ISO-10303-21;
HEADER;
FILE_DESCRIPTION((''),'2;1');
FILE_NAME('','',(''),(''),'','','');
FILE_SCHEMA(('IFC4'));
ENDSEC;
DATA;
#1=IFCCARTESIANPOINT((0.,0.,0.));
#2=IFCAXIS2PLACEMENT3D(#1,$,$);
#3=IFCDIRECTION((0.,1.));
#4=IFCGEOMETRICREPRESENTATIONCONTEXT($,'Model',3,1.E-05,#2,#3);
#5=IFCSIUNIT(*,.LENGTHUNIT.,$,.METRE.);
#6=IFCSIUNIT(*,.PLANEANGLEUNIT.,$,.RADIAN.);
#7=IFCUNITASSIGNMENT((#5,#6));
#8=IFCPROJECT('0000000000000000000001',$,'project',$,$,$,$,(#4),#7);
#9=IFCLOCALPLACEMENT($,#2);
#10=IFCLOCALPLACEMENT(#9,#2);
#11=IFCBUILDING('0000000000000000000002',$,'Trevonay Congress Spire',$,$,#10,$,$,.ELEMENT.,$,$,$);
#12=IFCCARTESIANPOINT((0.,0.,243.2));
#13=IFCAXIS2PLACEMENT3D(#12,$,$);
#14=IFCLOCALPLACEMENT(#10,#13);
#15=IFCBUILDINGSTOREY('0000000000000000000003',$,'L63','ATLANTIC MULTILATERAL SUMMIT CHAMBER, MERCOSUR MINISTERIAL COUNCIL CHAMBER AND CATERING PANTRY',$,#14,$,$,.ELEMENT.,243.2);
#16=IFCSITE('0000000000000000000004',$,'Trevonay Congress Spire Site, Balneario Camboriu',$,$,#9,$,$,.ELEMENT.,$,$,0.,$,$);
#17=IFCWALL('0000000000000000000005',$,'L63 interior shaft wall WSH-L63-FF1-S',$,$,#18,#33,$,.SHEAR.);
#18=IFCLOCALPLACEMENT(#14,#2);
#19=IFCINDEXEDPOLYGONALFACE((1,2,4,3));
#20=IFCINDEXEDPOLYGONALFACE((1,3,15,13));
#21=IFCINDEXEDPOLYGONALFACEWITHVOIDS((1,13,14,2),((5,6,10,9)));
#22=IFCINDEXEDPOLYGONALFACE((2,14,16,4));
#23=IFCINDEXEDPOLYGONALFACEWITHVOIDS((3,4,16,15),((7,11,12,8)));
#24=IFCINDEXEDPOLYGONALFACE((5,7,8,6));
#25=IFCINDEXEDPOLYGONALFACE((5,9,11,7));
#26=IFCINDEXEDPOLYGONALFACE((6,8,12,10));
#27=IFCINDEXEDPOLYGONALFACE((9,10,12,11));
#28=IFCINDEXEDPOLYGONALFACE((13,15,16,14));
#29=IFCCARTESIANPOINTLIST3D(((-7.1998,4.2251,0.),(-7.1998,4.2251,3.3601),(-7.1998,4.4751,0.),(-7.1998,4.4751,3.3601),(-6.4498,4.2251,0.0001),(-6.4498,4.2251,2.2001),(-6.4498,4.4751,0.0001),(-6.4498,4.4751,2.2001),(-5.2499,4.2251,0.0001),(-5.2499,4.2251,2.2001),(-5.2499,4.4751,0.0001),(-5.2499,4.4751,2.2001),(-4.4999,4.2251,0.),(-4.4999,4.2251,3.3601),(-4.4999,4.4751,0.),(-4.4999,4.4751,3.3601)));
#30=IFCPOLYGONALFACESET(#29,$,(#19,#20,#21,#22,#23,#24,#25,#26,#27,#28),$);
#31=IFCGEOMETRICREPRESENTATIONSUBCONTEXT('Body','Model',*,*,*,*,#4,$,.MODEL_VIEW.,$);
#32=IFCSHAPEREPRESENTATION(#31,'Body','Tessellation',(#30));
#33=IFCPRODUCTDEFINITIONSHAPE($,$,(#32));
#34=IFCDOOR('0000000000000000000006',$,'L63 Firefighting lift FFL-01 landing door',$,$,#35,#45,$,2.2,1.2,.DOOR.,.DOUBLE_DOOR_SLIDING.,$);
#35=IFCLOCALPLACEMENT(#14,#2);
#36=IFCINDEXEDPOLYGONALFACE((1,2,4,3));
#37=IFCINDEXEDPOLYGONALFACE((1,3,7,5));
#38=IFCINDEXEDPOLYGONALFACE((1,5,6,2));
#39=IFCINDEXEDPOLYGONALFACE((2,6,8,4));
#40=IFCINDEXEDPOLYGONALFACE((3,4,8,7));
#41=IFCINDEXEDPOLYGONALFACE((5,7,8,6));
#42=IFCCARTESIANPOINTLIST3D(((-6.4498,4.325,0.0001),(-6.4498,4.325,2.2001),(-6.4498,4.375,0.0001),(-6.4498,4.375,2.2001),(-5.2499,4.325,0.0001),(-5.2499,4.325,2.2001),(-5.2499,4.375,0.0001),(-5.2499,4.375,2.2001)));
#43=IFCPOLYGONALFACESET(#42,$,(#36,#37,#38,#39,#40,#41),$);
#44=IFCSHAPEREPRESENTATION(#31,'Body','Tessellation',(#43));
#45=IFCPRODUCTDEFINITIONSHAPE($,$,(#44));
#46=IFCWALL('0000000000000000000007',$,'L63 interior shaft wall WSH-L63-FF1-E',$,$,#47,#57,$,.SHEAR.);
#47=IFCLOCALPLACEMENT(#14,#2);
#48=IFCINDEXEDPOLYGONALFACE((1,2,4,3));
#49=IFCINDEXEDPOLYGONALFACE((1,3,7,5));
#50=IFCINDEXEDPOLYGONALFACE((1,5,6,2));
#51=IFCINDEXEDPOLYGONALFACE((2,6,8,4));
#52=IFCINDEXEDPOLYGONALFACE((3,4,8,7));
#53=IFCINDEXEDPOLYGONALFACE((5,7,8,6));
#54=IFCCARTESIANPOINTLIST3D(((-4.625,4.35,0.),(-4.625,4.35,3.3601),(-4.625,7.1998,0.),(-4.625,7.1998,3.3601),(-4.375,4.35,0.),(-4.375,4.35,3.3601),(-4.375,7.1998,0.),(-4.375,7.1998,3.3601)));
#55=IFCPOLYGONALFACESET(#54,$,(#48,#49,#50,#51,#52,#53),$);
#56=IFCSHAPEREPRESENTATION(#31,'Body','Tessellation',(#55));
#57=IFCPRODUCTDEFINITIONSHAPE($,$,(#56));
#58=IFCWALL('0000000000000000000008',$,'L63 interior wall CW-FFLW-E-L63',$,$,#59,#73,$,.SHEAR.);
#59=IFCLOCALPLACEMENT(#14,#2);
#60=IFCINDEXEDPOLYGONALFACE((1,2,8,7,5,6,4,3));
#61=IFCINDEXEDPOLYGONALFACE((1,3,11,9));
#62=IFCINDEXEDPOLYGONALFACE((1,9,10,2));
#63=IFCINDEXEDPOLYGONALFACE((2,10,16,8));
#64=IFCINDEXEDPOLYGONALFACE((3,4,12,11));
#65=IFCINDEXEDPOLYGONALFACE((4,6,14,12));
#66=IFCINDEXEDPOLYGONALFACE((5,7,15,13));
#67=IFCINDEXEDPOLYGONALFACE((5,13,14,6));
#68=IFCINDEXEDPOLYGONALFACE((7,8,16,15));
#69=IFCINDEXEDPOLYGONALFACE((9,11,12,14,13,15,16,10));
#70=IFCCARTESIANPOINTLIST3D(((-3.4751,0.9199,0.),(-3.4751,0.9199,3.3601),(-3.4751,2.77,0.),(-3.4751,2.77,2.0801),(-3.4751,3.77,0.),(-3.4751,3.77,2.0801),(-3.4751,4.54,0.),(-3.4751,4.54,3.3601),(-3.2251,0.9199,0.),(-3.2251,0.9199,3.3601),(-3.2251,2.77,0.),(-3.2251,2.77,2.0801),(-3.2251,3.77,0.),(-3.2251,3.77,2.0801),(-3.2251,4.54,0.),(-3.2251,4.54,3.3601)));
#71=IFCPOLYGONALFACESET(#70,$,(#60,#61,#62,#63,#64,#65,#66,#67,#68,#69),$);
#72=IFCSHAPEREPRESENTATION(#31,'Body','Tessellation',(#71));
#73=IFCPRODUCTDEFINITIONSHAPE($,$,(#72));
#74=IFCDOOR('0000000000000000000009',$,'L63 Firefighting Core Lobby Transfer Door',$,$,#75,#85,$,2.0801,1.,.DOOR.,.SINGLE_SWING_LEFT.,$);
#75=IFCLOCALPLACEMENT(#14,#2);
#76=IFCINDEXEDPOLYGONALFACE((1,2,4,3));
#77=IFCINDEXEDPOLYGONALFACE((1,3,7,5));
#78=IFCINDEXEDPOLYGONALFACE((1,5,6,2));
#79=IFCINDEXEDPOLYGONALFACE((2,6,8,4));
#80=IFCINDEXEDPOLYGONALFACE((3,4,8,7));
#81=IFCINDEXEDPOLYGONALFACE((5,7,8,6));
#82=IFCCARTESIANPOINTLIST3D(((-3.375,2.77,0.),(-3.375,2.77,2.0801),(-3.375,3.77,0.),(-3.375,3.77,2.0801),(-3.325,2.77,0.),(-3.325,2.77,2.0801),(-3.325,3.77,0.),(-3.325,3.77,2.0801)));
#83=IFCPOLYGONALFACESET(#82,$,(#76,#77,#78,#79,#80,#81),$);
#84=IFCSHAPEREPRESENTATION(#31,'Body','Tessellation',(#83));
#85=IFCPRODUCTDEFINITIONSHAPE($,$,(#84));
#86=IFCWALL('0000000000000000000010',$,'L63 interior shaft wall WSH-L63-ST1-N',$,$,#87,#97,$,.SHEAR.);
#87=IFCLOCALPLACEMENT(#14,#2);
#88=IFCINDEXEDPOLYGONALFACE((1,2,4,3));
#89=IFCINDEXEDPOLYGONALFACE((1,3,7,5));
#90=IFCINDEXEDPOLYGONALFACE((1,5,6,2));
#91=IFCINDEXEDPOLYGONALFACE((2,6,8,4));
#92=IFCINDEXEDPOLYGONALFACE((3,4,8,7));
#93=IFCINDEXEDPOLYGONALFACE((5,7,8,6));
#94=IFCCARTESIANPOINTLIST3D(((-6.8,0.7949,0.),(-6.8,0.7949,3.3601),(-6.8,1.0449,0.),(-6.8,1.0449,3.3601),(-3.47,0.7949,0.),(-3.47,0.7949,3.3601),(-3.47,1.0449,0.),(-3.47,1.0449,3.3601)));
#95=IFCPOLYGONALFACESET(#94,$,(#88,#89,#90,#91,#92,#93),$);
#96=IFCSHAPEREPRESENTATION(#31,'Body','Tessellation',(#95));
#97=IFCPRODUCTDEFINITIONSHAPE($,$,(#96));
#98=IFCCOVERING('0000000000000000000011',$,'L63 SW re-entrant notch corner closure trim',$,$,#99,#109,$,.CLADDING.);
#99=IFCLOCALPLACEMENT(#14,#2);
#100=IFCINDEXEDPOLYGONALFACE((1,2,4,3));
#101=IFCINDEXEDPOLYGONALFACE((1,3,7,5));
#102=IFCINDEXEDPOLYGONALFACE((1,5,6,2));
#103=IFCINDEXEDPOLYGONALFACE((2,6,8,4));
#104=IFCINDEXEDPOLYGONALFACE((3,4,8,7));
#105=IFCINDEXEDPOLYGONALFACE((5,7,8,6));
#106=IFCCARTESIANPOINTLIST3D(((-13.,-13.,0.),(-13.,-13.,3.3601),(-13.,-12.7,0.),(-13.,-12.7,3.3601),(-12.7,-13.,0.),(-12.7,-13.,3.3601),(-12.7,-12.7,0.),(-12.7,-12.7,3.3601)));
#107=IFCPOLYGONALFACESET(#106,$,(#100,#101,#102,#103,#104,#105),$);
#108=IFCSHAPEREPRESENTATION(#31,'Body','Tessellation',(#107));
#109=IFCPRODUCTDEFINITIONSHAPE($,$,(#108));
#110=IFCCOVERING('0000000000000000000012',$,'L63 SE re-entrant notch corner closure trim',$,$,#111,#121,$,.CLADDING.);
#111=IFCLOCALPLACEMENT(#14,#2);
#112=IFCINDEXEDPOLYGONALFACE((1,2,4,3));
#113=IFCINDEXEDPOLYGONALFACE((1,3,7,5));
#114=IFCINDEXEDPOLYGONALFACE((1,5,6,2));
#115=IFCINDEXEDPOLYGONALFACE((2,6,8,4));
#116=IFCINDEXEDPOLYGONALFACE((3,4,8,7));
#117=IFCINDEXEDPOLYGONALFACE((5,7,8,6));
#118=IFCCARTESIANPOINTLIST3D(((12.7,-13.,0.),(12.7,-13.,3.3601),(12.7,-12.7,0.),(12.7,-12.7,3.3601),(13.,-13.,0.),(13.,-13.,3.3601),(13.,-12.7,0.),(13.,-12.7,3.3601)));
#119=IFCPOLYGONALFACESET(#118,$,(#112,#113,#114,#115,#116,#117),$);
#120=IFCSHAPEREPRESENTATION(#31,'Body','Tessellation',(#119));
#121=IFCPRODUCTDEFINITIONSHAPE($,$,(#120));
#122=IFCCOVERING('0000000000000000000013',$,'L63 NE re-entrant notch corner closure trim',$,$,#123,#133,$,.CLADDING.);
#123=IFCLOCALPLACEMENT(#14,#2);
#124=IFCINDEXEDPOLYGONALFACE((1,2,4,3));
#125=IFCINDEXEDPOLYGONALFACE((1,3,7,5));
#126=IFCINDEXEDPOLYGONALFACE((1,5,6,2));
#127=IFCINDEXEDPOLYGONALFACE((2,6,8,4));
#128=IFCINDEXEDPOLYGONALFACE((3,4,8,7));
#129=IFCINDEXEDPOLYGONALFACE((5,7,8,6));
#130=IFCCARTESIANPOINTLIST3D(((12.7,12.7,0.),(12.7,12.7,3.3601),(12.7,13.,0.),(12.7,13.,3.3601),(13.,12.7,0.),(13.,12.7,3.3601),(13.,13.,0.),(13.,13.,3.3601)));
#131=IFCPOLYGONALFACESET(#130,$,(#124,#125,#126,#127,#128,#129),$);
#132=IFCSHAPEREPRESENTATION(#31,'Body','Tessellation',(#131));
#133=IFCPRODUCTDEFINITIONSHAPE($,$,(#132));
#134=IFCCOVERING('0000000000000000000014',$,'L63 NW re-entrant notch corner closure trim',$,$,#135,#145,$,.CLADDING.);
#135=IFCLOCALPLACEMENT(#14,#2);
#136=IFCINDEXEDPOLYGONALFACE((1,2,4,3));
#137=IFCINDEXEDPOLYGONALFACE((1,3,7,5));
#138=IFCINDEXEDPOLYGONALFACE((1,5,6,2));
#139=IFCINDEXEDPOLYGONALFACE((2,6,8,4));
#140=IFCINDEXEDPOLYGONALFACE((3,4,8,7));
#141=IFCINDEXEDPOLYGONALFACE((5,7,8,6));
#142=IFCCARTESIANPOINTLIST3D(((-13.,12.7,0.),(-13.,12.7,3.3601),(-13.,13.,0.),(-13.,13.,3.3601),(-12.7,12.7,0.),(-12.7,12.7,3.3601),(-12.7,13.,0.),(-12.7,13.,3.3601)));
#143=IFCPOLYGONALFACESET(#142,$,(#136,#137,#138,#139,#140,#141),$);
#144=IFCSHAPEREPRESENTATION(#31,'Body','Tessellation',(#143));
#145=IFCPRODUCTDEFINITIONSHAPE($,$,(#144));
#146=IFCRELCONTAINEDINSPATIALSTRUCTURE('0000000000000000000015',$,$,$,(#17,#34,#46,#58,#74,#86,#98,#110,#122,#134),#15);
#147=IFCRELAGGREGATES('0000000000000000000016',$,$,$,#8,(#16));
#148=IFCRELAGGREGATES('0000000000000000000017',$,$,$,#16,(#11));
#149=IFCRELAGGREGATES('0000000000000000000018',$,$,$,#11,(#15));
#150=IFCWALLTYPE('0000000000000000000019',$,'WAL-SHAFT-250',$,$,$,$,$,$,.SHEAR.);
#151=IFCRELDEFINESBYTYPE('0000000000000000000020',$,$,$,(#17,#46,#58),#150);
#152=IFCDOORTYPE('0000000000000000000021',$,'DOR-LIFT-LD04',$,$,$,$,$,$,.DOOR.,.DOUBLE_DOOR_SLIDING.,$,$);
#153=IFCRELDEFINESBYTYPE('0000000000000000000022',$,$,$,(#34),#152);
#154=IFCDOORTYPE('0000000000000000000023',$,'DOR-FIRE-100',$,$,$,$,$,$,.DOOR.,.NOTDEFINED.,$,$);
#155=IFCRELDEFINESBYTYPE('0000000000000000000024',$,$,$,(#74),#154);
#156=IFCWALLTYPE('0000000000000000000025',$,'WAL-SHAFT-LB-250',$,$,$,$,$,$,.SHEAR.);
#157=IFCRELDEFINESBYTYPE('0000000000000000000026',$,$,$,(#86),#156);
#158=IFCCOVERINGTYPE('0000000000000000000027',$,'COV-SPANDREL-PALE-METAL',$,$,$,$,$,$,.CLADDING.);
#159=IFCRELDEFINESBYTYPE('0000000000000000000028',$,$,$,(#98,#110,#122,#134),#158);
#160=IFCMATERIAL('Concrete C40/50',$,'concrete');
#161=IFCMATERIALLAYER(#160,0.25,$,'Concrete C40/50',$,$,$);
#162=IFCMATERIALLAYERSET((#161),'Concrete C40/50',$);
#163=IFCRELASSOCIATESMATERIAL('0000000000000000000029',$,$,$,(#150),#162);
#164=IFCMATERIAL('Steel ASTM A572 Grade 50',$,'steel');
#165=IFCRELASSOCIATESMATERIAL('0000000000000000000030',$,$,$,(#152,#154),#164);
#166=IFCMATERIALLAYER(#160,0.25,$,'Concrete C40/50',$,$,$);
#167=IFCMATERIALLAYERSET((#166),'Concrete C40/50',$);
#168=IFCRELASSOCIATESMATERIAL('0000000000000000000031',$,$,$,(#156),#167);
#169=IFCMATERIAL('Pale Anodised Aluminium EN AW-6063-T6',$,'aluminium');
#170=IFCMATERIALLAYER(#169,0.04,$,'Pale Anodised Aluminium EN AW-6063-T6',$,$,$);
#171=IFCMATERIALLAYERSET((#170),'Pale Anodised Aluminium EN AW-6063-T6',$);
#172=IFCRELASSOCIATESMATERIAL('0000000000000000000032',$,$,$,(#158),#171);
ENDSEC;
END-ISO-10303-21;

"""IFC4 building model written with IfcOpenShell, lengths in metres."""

from ifc_helpers import new_model, si_unit, direction, frame, frame_2d, origin, place, context, subcontext, project, spatial, polyline, rectangle, outline, extrude, material, layer, layer_set, type_object, element, fill, save


model = new_model("IFC4")

# Units and contexts
model_context = context("Model", 3, precision=1e-05, world=origin(), true_north=direction((0.0, 1.0)))
body_context = subcontext(model_context, "Body", "Model", "MODEL_VIEW")
ifc_project = project(units=[si_unit("LENGTHUNIT", "METRE"), si_unit("PLANEANGLEUNIT", "RADIAN")], contexts=[model_context])

# Site, building, storey
site_placement = place(None, origin())
site = spatial("IfcSite", under=ifc_project, at=site_placement, Name="Trevonay Congress Spire Site, Balneario Camboriu", CompositionType="ELEMENT", RefElevation=0.0)
building_placement = place(site_placement, origin())
building = spatial("IfcBuilding", under=site, at=building_placement, Name="Trevonay Congress Spire", CompositionType="ELEMENT")
storey_placement = place(building_placement, frame((0.0, 0.0, 243.2)))
storey = spatial("IfcBuildingStorey", under=building, at=storey_placement, Name="L63", Description="ATLANTIC MULTILATERAL SUMMIT CHAMBER, MERCOSUR MINISTERIAL COUNCIL CHAMBER AND CATERING PANTRY", CompositionType="ELEMENT", Elevation=243.2)

# Shared definitions
ifc_material_1 = material(Name="Concrete C40/50", Category="concrete")

# Wall, opening, door
ifc_layer_1 = layer(ifc_material_1, 0.25, Name="Concrete C40/50")
ifc_layer_set_1 = layer_set([ifc_layer_1], Name="Concrete C40/50")
wall_type_1 = type_object("IfcWallType", Name="WAL-SHAFT-250", PredefinedType="SHEAR", material=ifc_layer_set_1)
wall_1_placement = place(storey_placement, frame((-7.2, 4.3501, 0.0), z_axis=(0.0, 0.0, 1.0), x_axis=(1.0, 0.0, 0.0)))
wall_1 = element("IfcWall", 1, at=wall_1_placement, inside=storey, type_object=wall_type_1, Name="L63 interior shaft wall WSH-L63-FF1-S", PredefinedType="SHEAR", context=body_context, shape_type="SweptSolid", body=[
    extrude(rectangle(XDim=2.7, YDim=0.25, at=frame_2d((1.3501, 0.0))), origin(), (0.0, 0.0, 1.0), 3.3601),
])
opening_1_placement = place(wall_1_placement, frame((0.75, 0.0, 0.0)))
opening_1 = element("IfcOpeningElement", 2, at=opening_1_placement, cuts=wall_1, PredefinedType="OPENING", context=body_context, shape_type="SweptSolid", body=[
    extrude(rectangle(XDim=1.2, YDim=2.2, at=frame_2d((0.6001, 1.1001))), frame((0.0, 0.135, 0.0), z_axis=(0.0, -1.0, 0.0), x_axis=(1.0, 0.0, 0.0)), (0.0, 0.0, 1.0), 0.27),
])
ifc_material_2 = material(Name="Steel ASTM A572 Grade 50", Category="steel")
door_type_1 = type_object("IfcDoorType", Name="DOR-LIFT-LD04", OperationType="DOUBLE_DOOR_SLIDING", PredefinedType="DOOR", material=ifc_material_2)
door_1_placement = place(opening_1_placement, origin())
door_1 = element("IfcDoor", 3, at=door_1_placement, inside=storey, type_object=door_type_1, Name="L63 Firefighting lift FFL-01 landing door", OperationType="DOUBLE_DOOR_SLIDING", OverallHeight=2.2, OverallWidth=1.2, PredefinedType="DOOR", context=body_context, shape_type="SweptSolid", body=[
    extrude(rectangle(XDim=1.2, YDim=2.2, at=frame_2d((0.6001, 1.1001))), frame((0.0, 0.0249, 0.0), z_axis=(0.0, -1.0, 0.0), x_axis=(1.0, 0.0, 0.0)), (0.0, 0.0, 1.0), 0.05),
])
fill(opening_1, door_1)

# Wall
wall_2_placement = place(storey_placement, frame((-4.5, 4.3501, 0.0), z_axis=(0.0, 0.0, 1.0), x_axis=(0.0, 1.0, 0.0)))
element("IfcWall", 4, at=wall_2_placement, inside=storey, type_object=wall_type_1, Name="L63 interior shaft wall WSH-L63-FF1-E", PredefinedType="SHEAR", context=body_context, shape_type="SweptSolid", body=[
    extrude(rectangle(XDim=2.8499, YDim=0.25, at=frame_2d((1.4248, 0.0))), origin(), (0.0, 0.0, 1.0), 3.3601),
])

# Wall, opening, door
wall_3_placement = place(storey_placement, frame((-3.3501, 0.9199, 0.0), z_axis=(0.0, 0.0, 1.0), x_axis=(0.0, 1.0, 0.0)))
wall_3 = element("IfcWall", 5, at=wall_3_placement, inside=storey, type_object=wall_type_1, Name="L63 interior wall CW-FFLW-E-L63", PredefinedType="SHEAR", context=body_context, shape_type="SweptSolid", body=[
    extrude(rectangle(XDim=3.6201, YDim=0.25, at=frame_2d((1.8101, 0.0))), origin(), (0.0, 0.0, 1.0), 3.3601),
])
opening_2_placement = place(wall_3_placement, frame((1.8501, 0.0, 0.0)))
opening_2 = element("IfcOpeningElement", 6, at=opening_2_placement, cuts=wall_3, PredefinedType="OPENING", context=body_context, shape_type="SweptSolid", body=[
    extrude(rectangle(XDim=1.0, YDim=2.0801, at=frame_2d((0.5, 1.04))), frame((0.0, 0.135, 0.0), z_axis=(0.0, -1.0, 0.0), x_axis=(1.0, 0.0, 0.0)), (0.0, 0.0, 1.0), 0.27),
])
door_type_2 = type_object("IfcDoorType", Name="DOR-FIRE-100", OperationType="NOTDEFINED", PredefinedType="DOOR", material=ifc_material_2)
door_2_placement = place(opening_2_placement, origin())
door_2 = element("IfcDoor", 7, at=door_2_placement, inside=storey, type_object=door_type_2, Name="L63 Firefighting Core Lobby Transfer Door", OperationType="SINGLE_SWING_LEFT", OverallHeight=2.0801, OverallWidth=1.0, PredefinedType="DOOR", context=body_context, shape_type="SweptSolid", body=[
    extrude(rectangle(XDim=1.0, YDim=2.0801, at=frame_2d((0.5, 1.04))), frame((0.0, 0.0249, 0.0), z_axis=(0.0, -1.0, 0.0), x_axis=(1.0, 0.0, 0.0)), (0.0, 0.0, 1.0), 0.05),
])
fill(opening_2, door_2)

# Wall
ifc_layer_2 = layer(ifc_material_1, 0.25, Name="Concrete C40/50")
ifc_layer_set_2 = layer_set([ifc_layer_2], Name="Concrete C40/50")
wall_type_2 = type_object("IfcWallType", Name="WAL-SHAFT-LB-250", PredefinedType="SHEAR", material=ifc_layer_set_2)
wall_4_placement = place(storey_placement, frame((-6.8, 0.9199, 0.0), z_axis=(0.0, 0.0, 1.0), x_axis=(1.0, 0.0, 0.0)))
element("IfcWall", 8, at=wall_4_placement, inside=storey, type_object=wall_type_2, Name="L63 interior shaft wall WSH-L63-ST1-N", PredefinedType="SHEAR", context=body_context, shape_type="SweptSolid", body=[
    extrude(rectangle(XDim=3.3301, YDim=0.25, at=frame_2d((1.665, 0.0))), origin(), (0.0, 0.0, 1.0), 3.3601),
])

# Coverings
ifc_material_3 = material(Name="Pale Anodised Aluminium EN AW-6063-T6", Category="aluminium")
ifc_layer_3 = layer(ifc_material_3, 0.04, Name="Pale Anodised Aluminium EN AW-6063-T6")
ifc_layer_set_3 = layer_set([ifc_layer_3], Name="Pale Anodised Aluminium EN AW-6063-T6")
covering_type = type_object("IfcCoveringType", Name="COV-SPANDREL-PALE-METAL", PredefinedType="CLADDING", material=ifc_layer_set_3)
covering_1_placement = place(storey_placement, origin())
element("IfcCovering", 9, at=covering_1_placement, inside=storey, type_object=covering_type, Name="L63 SW re-entrant notch corner closure trim", PredefinedType="CLADDING", context=body_context, shape_type="SweptSolid", body=[
    extrude(outline(polyline([(-13.0, -13.0), (-12.7, -13.0), (-12.7, -12.7), (-13.0, -12.7), (-13.0, -13.0)])), origin(), (0.0, 0.0, 1.0), 3.3601),
])
covering_2_placement = place(storey_placement, origin())
element("IfcCovering", 10, at=covering_2_placement, inside=storey, type_object=covering_type, Name="L63 SE re-entrant notch corner closure trim", PredefinedType="CLADDING", context=body_context, shape_type="SweptSolid", body=[
    extrude(outline(polyline([(12.7, -13.0), (13.0, -13.0), (13.0, -12.7), (12.7, -12.7), (12.7, -13.0)])), origin(), (0.0, 0.0, 1.0), 3.3601),
])
covering_3_placement = place(storey_placement, origin())
element("IfcCovering", 11, at=covering_3_placement, inside=storey, type_object=covering_type, Name="L63 NE re-entrant notch corner closure trim", PredefinedType="CLADDING", context=body_context, shape_type="SweptSolid", body=[
    extrude(outline(polyline([(12.7, 12.7), (13.0, 12.7), (13.0, 13.0), (12.7, 13.0), (12.7, 12.7)])), origin(), (0.0, 0.0, 1.0), 3.3601),
])
covering_4_placement = place(storey_placement, origin())
element("IfcCovering", 12, at=covering_4_placement, inside=storey, type_object=covering_type, Name="L63 NW re-entrant notch corner closure trim", PredefinedType="CLADDING", context=body_context, shape_type="SweptSolid", body=[
    extrude(outline(polyline([(-13.0, 12.7), (-12.7, 12.7), (-12.7, 13.0), (-13.0, 13.0), (-13.0, 12.7)])), origin(), (0.0, 0.0, 1.0), 3.3601),
])

save(model, "model.ifc")
